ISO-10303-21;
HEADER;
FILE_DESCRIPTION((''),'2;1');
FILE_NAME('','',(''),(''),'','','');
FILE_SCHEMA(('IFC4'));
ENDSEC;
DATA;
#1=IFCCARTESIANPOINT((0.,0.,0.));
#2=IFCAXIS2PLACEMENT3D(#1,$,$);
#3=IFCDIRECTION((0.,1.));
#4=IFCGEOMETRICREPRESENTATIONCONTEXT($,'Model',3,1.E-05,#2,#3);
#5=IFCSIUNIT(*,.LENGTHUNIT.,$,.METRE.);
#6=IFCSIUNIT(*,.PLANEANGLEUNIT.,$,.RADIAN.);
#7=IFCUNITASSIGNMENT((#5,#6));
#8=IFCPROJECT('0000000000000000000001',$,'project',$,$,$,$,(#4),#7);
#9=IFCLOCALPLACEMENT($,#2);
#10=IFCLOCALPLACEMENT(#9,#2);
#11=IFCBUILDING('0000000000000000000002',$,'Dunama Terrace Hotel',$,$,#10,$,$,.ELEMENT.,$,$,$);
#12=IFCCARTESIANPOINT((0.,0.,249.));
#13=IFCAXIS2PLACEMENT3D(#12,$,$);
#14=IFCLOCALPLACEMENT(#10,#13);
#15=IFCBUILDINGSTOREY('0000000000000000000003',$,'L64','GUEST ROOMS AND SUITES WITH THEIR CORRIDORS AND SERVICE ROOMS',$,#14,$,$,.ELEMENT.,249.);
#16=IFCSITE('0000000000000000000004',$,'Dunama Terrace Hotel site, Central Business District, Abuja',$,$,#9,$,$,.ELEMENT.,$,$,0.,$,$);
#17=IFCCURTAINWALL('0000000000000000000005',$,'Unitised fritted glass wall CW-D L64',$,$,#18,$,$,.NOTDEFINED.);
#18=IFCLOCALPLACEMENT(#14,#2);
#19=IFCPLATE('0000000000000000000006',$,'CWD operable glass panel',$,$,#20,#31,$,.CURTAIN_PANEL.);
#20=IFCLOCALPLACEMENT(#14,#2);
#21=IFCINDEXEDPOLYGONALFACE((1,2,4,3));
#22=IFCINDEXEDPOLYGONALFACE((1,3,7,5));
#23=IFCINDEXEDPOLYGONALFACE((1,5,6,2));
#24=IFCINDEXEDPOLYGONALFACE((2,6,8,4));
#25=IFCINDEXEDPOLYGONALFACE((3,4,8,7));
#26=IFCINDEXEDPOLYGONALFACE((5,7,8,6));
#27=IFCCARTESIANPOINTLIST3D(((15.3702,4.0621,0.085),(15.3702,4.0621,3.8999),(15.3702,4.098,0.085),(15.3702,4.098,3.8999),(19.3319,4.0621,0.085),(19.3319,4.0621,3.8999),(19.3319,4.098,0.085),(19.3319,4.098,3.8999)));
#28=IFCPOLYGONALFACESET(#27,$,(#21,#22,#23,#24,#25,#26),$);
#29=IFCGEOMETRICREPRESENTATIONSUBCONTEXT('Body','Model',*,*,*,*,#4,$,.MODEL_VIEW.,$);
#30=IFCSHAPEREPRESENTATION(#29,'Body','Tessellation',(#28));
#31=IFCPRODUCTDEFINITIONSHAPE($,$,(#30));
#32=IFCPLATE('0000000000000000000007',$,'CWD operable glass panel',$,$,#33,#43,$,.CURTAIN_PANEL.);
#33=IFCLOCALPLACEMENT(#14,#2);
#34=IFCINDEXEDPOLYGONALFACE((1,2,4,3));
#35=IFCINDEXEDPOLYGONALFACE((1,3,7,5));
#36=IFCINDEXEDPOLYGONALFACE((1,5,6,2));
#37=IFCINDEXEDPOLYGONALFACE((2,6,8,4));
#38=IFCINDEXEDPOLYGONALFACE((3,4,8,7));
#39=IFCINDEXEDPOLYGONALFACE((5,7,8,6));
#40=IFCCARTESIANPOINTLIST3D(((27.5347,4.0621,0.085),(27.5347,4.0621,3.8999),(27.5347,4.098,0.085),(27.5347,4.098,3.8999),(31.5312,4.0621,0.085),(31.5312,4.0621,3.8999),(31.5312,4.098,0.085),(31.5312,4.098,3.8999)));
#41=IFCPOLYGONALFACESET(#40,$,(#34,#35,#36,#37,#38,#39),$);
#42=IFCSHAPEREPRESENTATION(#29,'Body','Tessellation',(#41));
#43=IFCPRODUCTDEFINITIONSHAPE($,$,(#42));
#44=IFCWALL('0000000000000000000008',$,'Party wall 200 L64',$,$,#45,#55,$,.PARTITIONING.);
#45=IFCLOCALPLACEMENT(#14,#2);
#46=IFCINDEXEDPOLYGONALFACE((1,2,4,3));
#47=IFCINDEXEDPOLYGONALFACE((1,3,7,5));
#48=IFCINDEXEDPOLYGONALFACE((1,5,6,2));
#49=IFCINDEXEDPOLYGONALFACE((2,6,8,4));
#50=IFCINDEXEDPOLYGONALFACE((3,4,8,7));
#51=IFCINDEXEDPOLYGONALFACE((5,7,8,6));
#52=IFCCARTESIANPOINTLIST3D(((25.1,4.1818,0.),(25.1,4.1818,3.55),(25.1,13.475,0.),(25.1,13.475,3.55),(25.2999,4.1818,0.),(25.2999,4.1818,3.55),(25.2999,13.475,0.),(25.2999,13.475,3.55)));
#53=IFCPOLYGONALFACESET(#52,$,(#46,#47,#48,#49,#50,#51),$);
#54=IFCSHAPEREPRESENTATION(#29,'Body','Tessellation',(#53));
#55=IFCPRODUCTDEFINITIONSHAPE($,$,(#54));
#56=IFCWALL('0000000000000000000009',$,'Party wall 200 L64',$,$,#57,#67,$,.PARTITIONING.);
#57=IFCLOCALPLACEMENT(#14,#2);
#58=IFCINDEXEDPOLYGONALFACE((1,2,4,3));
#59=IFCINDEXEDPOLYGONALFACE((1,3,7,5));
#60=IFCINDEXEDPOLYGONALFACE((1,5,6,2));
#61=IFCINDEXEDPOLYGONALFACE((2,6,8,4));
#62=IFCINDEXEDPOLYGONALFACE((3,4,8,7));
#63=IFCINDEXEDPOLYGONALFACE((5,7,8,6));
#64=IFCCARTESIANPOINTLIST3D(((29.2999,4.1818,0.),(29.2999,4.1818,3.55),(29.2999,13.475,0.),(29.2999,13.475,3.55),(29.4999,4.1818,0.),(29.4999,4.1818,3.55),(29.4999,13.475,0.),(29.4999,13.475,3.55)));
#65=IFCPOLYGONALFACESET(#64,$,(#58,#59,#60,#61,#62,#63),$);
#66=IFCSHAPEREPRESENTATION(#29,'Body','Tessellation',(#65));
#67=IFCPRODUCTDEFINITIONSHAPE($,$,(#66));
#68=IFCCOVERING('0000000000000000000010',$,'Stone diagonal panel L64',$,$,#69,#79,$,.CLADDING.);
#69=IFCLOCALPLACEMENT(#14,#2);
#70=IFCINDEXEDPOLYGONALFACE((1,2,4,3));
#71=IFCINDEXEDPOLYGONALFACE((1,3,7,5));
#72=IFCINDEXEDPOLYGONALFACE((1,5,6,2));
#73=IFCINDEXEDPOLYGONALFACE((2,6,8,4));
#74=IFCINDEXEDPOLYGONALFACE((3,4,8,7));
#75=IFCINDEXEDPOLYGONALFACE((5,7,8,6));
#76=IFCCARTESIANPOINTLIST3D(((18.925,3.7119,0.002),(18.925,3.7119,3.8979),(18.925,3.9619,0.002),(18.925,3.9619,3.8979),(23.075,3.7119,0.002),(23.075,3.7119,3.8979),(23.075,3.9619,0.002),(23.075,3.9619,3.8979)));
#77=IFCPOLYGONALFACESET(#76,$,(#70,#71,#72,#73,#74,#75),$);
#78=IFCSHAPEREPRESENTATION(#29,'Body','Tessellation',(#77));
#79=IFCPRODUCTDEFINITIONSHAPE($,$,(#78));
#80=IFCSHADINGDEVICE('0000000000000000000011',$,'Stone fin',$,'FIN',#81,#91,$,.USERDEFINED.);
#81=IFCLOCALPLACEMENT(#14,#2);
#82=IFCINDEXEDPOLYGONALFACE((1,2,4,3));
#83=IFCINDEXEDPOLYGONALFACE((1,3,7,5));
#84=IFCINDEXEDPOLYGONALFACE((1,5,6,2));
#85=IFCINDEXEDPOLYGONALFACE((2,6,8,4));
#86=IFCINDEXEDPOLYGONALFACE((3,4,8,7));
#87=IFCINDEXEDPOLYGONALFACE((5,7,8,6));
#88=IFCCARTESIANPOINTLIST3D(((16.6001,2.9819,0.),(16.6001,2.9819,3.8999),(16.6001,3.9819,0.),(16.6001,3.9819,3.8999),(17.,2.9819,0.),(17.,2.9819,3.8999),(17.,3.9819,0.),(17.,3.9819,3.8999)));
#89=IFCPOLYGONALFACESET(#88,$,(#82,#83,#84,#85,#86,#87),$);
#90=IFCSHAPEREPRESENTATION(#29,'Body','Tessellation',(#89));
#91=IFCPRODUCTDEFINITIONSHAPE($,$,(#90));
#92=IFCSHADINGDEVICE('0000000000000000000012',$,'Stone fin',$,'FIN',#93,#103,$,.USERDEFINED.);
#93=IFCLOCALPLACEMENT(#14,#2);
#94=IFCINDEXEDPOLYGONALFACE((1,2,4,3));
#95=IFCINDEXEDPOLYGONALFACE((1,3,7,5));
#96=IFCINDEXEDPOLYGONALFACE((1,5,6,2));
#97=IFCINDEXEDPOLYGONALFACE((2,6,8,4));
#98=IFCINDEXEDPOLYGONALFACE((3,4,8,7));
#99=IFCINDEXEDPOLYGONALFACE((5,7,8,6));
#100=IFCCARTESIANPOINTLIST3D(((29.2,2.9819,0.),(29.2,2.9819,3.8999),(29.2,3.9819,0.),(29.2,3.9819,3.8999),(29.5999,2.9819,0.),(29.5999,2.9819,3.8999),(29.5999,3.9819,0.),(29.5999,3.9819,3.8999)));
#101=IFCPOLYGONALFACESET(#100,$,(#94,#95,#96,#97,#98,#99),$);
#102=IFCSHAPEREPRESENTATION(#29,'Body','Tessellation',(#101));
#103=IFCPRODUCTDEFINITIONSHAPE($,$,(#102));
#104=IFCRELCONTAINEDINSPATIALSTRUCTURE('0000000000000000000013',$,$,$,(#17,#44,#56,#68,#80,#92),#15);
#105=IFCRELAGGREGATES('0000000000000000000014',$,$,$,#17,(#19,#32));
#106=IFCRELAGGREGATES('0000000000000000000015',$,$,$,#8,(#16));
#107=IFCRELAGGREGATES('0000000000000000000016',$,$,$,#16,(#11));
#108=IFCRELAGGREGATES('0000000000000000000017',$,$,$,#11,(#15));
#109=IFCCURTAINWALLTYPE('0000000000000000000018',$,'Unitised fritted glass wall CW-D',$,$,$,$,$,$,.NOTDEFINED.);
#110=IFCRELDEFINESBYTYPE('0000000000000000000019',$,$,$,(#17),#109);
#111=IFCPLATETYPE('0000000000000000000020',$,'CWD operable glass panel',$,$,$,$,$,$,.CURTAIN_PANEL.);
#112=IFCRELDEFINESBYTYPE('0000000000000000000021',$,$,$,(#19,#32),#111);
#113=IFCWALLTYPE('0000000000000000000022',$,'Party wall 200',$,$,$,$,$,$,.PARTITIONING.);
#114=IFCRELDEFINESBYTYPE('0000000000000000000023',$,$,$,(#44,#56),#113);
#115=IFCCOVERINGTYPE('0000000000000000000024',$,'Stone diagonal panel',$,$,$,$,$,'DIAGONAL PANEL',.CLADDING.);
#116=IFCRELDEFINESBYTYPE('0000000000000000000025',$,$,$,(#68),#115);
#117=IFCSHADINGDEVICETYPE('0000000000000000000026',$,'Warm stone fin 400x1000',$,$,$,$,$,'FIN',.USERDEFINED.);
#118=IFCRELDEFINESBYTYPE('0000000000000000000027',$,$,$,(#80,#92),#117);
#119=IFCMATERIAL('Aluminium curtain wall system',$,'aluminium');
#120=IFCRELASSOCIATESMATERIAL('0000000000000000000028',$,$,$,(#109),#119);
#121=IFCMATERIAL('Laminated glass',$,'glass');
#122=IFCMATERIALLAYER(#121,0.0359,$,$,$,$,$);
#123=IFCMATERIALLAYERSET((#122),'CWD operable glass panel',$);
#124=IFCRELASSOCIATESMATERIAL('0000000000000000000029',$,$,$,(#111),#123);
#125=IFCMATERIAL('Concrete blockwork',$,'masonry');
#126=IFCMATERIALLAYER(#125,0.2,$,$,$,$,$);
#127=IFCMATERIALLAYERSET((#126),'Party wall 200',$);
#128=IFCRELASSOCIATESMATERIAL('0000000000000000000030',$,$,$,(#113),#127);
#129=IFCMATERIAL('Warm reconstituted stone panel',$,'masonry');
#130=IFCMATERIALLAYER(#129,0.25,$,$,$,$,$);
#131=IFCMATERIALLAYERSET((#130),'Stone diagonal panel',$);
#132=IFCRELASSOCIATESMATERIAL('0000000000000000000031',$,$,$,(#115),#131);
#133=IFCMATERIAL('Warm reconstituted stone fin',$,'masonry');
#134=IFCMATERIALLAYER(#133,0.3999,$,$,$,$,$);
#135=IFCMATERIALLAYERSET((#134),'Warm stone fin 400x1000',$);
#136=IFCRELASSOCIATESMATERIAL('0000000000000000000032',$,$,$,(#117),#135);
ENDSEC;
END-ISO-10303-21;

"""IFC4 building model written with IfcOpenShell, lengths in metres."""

from ifc_helpers import new_model, si_unit, direction, frame, frame_2d, origin, origin_2d, place, context, subcontext, project, spatial, rectangle, extrude, material, layer, layer_set, type_object, element, aggregate, save


model = new_model("IFC4")

# Units and contexts
model_context = context("Model", 3, precision=1e-05, world=origin(), true_north=direction((0.0, 1.0)))
body_context = subcontext(model_context, "Body", "Model", "MODEL_VIEW")
ifc_project = project(units=[si_unit("LENGTHUNIT", "METRE"), si_unit("PLANEANGLEUNIT", "RADIAN")], contexts=[model_context])

# Site, building, storey
site_placement = place(None, origin())
site = spatial("IfcSite", under=ifc_project, at=site_placement, Name="Dunama Terrace Hotel site, Central Business District, Abuja", CompositionType="ELEMENT", RefElevation=0.0)
building_placement = place(site_placement, origin())
building = spatial("IfcBuilding", under=site, at=building_placement, Name="Dunama Terrace Hotel", CompositionType="ELEMENT")
storey_placement = place(building_placement, frame((0.0, 0.0, 249.0)))
storey = spatial("IfcBuildingStorey", under=building, at=storey_placement, Name="L64", Description="GUEST ROOMS AND SUITES WITH THEIR CORRIDORS AND SERVICE ROOMS", CompositionType="ELEMENT", Elevation=249.0)

# Curtain wall
ifc_material_1 = material(Name="Aluminium curtain wall system", Category="aluminium")
curtain_wall_type = type_object("IfcCurtainWallType", Name="Unitised fritted glass wall CW-D", PredefinedType="NOTDEFINED", material=ifc_material_1)
curtain_wall_placement = place(storey_placement, origin())
curtain_wall = element("IfcCurtainWall", 1, at=curtain_wall_placement, inside=storey, type_object=curtain_wall_type, Name="Unitised fritted glass wall CW-D L64", PredefinedType="NOTDEFINED")

# Plates
ifc_material_2 = material(Name="Laminated glass", Category="glass")
ifc_layer_1 = layer(ifc_material_2, 0.0359)
ifc_layer_set_1 = layer_set([ifc_layer_1], Name="CWD operable glass panel")
plate_type_1 = type_object("IfcPlateType", Name="CWD operable glass panel", PredefinedType="CURTAIN_PANEL", material=ifc_layer_set_1)
plate_1_placement = place(storey_placement, frame((17.3511, 4.0801, 0.085), z_axis=(0.0, 0.0, 1.0), x_axis=(1.0, 0.0, 0.0)))
plate_1 = element("IfcPlate", 2, at=plate_1_placement, type_object=plate_type_1, Name="CWD operable glass panel", PredefinedType="CURTAIN_PANEL", context=body_context, shape_type="SweptSolid", body=[
    extrude(rectangle(XDim=3.9617, YDim=0.0359, at=origin_2d()), origin(), (0.0, 0.0, 1.0), 3.8149),
])
plate_2_placement = place(storey_placement, frame((29.533, 4.0801, 0.085), z_axis=(0.0, 0.0, 1.0), x_axis=(1.0, 0.0, 0.0)))
plate_2 = element("IfcPlate", 3, at=plate_2_placement, type_object=plate_type_1, Name="CWD operable glass panel", PredefinedType="CURTAIN_PANEL", context=body_context, shape_type="SweptSolid", body=[
    extrude(rectangle(XDim=3.9966, YDim=0.0359, at=origin_2d()), origin(), (0.0, 0.0, 1.0), 3.8149),
])
aggregate(curtain_wall, [plate_1, plate_2])

# Walls
ifc_material_3 = material(Name="Concrete blockwork", Category="masonry")
ifc_layer_2 = layer(ifc_material_3, 0.2)
ifc_layer_set_2 = layer_set([ifc_layer_2], Name="Party wall 200")
wall_type = type_object("IfcWallType", Name="Party wall 200", PredefinedType="PARTITIONING", material=ifc_layer_set_2)
for number, where, z_axis, x_axis, name in (
    (4, (25.2, 4.1819, 0.0), (0.0, 0.0, 1.0), (0.0, 1.0, 0.0), "Party wall 200 L64"),
    (5, (29.3999, 4.1819, 0.0), (0.0, 0.0, 1.0), (0.0, 1.0, 0.0), "Party wall 200 L64"),
):
    element("IfcWall", number, at=place(storey_placement, frame(where, z_axis=z_axis, x_axis=x_axis)), inside=storey, type_object=wall_type, Name=name, PredefinedType="PARTITIONING", context=body_context, shape_type="SweptSolid", body=[
        extrude(rectangle(XDim=9.2932, YDim=0.2, at=frame_2d((4.6465, 0.0))), origin(), (0.0, 0.0, 1.0), 3.55),
    ])

# Covering
ifc_material_4 = material(Name="Warm reconstituted stone panel", Category="masonry")
ifc_layer_3 = layer(ifc_material_4, 0.25)
ifc_layer_set_3 = layer_set([ifc_layer_3], Name="Stone diagonal panel")
covering_type = type_object("IfcCoveringType", Name="Stone diagonal panel", ElementType="DIAGONAL PANEL", PredefinedType="CLADDING", material=ifc_layer_set_3)
covering_placement = place(storey_placement, frame((21.0, 3.8369, 0.002), z_axis=(0.0, 0.0, 1.0), x_axis=(1.0, 0.0, 0.0)))
element("IfcCovering", 6, at=covering_placement, inside=storey, type_object=covering_type, Name="Stone diagonal panel L64", PredefinedType="CLADDING", context=body_context, shape_type="SweptSolid", body=[
    extrude(rectangle(XDim=4.1499, YDim=0.25, at=origin_2d()), origin(), (0.0, 0.0, 1.0), 3.896),
])

# Shading devices
ifc_material_5 = material(Name="Warm reconstituted stone fin", Category="masonry")
ifc_layer_4 = layer(ifc_material_5, 0.3999)
ifc_layer_set_4 = layer_set([ifc_layer_4], Name="Warm stone fin 400x1000")
shading_device_type = type_object("IfcShadingDeviceType", Name="Warm stone fin 400x1000", ElementType="FIN", PredefinedType="USERDEFINED", material=ifc_layer_set_4)
for number, where, z_axis, x_axis, name in (
    (7, (16.8, 3.4819, 0.0), (0.0, 0.0, 1.0), (1.0, 0.0, 0.0), "Stone fin"),
    (8, (29.3999, 3.4819, 0.0), (0.0, 0.0, 1.0), (1.0, 0.0, 0.0), "Stone fin"),
):
    element("IfcShadingDevice", number, at=place(storey_placement, frame(where, z_axis=z_axis, x_axis=x_axis)), inside=storey, type_object=shading_device_type, Name=name, ObjectType="FIN", PredefinedType="USERDEFINED", context=body_context, shape_type="SweptSolid", body=[
        extrude(rectangle(XDim=0.3999, YDim=1.0, at=origin_2d()), origin(), (0.0, 0.0, 1.0), 3.8999),
    ])

save(model, "model.ifc")
